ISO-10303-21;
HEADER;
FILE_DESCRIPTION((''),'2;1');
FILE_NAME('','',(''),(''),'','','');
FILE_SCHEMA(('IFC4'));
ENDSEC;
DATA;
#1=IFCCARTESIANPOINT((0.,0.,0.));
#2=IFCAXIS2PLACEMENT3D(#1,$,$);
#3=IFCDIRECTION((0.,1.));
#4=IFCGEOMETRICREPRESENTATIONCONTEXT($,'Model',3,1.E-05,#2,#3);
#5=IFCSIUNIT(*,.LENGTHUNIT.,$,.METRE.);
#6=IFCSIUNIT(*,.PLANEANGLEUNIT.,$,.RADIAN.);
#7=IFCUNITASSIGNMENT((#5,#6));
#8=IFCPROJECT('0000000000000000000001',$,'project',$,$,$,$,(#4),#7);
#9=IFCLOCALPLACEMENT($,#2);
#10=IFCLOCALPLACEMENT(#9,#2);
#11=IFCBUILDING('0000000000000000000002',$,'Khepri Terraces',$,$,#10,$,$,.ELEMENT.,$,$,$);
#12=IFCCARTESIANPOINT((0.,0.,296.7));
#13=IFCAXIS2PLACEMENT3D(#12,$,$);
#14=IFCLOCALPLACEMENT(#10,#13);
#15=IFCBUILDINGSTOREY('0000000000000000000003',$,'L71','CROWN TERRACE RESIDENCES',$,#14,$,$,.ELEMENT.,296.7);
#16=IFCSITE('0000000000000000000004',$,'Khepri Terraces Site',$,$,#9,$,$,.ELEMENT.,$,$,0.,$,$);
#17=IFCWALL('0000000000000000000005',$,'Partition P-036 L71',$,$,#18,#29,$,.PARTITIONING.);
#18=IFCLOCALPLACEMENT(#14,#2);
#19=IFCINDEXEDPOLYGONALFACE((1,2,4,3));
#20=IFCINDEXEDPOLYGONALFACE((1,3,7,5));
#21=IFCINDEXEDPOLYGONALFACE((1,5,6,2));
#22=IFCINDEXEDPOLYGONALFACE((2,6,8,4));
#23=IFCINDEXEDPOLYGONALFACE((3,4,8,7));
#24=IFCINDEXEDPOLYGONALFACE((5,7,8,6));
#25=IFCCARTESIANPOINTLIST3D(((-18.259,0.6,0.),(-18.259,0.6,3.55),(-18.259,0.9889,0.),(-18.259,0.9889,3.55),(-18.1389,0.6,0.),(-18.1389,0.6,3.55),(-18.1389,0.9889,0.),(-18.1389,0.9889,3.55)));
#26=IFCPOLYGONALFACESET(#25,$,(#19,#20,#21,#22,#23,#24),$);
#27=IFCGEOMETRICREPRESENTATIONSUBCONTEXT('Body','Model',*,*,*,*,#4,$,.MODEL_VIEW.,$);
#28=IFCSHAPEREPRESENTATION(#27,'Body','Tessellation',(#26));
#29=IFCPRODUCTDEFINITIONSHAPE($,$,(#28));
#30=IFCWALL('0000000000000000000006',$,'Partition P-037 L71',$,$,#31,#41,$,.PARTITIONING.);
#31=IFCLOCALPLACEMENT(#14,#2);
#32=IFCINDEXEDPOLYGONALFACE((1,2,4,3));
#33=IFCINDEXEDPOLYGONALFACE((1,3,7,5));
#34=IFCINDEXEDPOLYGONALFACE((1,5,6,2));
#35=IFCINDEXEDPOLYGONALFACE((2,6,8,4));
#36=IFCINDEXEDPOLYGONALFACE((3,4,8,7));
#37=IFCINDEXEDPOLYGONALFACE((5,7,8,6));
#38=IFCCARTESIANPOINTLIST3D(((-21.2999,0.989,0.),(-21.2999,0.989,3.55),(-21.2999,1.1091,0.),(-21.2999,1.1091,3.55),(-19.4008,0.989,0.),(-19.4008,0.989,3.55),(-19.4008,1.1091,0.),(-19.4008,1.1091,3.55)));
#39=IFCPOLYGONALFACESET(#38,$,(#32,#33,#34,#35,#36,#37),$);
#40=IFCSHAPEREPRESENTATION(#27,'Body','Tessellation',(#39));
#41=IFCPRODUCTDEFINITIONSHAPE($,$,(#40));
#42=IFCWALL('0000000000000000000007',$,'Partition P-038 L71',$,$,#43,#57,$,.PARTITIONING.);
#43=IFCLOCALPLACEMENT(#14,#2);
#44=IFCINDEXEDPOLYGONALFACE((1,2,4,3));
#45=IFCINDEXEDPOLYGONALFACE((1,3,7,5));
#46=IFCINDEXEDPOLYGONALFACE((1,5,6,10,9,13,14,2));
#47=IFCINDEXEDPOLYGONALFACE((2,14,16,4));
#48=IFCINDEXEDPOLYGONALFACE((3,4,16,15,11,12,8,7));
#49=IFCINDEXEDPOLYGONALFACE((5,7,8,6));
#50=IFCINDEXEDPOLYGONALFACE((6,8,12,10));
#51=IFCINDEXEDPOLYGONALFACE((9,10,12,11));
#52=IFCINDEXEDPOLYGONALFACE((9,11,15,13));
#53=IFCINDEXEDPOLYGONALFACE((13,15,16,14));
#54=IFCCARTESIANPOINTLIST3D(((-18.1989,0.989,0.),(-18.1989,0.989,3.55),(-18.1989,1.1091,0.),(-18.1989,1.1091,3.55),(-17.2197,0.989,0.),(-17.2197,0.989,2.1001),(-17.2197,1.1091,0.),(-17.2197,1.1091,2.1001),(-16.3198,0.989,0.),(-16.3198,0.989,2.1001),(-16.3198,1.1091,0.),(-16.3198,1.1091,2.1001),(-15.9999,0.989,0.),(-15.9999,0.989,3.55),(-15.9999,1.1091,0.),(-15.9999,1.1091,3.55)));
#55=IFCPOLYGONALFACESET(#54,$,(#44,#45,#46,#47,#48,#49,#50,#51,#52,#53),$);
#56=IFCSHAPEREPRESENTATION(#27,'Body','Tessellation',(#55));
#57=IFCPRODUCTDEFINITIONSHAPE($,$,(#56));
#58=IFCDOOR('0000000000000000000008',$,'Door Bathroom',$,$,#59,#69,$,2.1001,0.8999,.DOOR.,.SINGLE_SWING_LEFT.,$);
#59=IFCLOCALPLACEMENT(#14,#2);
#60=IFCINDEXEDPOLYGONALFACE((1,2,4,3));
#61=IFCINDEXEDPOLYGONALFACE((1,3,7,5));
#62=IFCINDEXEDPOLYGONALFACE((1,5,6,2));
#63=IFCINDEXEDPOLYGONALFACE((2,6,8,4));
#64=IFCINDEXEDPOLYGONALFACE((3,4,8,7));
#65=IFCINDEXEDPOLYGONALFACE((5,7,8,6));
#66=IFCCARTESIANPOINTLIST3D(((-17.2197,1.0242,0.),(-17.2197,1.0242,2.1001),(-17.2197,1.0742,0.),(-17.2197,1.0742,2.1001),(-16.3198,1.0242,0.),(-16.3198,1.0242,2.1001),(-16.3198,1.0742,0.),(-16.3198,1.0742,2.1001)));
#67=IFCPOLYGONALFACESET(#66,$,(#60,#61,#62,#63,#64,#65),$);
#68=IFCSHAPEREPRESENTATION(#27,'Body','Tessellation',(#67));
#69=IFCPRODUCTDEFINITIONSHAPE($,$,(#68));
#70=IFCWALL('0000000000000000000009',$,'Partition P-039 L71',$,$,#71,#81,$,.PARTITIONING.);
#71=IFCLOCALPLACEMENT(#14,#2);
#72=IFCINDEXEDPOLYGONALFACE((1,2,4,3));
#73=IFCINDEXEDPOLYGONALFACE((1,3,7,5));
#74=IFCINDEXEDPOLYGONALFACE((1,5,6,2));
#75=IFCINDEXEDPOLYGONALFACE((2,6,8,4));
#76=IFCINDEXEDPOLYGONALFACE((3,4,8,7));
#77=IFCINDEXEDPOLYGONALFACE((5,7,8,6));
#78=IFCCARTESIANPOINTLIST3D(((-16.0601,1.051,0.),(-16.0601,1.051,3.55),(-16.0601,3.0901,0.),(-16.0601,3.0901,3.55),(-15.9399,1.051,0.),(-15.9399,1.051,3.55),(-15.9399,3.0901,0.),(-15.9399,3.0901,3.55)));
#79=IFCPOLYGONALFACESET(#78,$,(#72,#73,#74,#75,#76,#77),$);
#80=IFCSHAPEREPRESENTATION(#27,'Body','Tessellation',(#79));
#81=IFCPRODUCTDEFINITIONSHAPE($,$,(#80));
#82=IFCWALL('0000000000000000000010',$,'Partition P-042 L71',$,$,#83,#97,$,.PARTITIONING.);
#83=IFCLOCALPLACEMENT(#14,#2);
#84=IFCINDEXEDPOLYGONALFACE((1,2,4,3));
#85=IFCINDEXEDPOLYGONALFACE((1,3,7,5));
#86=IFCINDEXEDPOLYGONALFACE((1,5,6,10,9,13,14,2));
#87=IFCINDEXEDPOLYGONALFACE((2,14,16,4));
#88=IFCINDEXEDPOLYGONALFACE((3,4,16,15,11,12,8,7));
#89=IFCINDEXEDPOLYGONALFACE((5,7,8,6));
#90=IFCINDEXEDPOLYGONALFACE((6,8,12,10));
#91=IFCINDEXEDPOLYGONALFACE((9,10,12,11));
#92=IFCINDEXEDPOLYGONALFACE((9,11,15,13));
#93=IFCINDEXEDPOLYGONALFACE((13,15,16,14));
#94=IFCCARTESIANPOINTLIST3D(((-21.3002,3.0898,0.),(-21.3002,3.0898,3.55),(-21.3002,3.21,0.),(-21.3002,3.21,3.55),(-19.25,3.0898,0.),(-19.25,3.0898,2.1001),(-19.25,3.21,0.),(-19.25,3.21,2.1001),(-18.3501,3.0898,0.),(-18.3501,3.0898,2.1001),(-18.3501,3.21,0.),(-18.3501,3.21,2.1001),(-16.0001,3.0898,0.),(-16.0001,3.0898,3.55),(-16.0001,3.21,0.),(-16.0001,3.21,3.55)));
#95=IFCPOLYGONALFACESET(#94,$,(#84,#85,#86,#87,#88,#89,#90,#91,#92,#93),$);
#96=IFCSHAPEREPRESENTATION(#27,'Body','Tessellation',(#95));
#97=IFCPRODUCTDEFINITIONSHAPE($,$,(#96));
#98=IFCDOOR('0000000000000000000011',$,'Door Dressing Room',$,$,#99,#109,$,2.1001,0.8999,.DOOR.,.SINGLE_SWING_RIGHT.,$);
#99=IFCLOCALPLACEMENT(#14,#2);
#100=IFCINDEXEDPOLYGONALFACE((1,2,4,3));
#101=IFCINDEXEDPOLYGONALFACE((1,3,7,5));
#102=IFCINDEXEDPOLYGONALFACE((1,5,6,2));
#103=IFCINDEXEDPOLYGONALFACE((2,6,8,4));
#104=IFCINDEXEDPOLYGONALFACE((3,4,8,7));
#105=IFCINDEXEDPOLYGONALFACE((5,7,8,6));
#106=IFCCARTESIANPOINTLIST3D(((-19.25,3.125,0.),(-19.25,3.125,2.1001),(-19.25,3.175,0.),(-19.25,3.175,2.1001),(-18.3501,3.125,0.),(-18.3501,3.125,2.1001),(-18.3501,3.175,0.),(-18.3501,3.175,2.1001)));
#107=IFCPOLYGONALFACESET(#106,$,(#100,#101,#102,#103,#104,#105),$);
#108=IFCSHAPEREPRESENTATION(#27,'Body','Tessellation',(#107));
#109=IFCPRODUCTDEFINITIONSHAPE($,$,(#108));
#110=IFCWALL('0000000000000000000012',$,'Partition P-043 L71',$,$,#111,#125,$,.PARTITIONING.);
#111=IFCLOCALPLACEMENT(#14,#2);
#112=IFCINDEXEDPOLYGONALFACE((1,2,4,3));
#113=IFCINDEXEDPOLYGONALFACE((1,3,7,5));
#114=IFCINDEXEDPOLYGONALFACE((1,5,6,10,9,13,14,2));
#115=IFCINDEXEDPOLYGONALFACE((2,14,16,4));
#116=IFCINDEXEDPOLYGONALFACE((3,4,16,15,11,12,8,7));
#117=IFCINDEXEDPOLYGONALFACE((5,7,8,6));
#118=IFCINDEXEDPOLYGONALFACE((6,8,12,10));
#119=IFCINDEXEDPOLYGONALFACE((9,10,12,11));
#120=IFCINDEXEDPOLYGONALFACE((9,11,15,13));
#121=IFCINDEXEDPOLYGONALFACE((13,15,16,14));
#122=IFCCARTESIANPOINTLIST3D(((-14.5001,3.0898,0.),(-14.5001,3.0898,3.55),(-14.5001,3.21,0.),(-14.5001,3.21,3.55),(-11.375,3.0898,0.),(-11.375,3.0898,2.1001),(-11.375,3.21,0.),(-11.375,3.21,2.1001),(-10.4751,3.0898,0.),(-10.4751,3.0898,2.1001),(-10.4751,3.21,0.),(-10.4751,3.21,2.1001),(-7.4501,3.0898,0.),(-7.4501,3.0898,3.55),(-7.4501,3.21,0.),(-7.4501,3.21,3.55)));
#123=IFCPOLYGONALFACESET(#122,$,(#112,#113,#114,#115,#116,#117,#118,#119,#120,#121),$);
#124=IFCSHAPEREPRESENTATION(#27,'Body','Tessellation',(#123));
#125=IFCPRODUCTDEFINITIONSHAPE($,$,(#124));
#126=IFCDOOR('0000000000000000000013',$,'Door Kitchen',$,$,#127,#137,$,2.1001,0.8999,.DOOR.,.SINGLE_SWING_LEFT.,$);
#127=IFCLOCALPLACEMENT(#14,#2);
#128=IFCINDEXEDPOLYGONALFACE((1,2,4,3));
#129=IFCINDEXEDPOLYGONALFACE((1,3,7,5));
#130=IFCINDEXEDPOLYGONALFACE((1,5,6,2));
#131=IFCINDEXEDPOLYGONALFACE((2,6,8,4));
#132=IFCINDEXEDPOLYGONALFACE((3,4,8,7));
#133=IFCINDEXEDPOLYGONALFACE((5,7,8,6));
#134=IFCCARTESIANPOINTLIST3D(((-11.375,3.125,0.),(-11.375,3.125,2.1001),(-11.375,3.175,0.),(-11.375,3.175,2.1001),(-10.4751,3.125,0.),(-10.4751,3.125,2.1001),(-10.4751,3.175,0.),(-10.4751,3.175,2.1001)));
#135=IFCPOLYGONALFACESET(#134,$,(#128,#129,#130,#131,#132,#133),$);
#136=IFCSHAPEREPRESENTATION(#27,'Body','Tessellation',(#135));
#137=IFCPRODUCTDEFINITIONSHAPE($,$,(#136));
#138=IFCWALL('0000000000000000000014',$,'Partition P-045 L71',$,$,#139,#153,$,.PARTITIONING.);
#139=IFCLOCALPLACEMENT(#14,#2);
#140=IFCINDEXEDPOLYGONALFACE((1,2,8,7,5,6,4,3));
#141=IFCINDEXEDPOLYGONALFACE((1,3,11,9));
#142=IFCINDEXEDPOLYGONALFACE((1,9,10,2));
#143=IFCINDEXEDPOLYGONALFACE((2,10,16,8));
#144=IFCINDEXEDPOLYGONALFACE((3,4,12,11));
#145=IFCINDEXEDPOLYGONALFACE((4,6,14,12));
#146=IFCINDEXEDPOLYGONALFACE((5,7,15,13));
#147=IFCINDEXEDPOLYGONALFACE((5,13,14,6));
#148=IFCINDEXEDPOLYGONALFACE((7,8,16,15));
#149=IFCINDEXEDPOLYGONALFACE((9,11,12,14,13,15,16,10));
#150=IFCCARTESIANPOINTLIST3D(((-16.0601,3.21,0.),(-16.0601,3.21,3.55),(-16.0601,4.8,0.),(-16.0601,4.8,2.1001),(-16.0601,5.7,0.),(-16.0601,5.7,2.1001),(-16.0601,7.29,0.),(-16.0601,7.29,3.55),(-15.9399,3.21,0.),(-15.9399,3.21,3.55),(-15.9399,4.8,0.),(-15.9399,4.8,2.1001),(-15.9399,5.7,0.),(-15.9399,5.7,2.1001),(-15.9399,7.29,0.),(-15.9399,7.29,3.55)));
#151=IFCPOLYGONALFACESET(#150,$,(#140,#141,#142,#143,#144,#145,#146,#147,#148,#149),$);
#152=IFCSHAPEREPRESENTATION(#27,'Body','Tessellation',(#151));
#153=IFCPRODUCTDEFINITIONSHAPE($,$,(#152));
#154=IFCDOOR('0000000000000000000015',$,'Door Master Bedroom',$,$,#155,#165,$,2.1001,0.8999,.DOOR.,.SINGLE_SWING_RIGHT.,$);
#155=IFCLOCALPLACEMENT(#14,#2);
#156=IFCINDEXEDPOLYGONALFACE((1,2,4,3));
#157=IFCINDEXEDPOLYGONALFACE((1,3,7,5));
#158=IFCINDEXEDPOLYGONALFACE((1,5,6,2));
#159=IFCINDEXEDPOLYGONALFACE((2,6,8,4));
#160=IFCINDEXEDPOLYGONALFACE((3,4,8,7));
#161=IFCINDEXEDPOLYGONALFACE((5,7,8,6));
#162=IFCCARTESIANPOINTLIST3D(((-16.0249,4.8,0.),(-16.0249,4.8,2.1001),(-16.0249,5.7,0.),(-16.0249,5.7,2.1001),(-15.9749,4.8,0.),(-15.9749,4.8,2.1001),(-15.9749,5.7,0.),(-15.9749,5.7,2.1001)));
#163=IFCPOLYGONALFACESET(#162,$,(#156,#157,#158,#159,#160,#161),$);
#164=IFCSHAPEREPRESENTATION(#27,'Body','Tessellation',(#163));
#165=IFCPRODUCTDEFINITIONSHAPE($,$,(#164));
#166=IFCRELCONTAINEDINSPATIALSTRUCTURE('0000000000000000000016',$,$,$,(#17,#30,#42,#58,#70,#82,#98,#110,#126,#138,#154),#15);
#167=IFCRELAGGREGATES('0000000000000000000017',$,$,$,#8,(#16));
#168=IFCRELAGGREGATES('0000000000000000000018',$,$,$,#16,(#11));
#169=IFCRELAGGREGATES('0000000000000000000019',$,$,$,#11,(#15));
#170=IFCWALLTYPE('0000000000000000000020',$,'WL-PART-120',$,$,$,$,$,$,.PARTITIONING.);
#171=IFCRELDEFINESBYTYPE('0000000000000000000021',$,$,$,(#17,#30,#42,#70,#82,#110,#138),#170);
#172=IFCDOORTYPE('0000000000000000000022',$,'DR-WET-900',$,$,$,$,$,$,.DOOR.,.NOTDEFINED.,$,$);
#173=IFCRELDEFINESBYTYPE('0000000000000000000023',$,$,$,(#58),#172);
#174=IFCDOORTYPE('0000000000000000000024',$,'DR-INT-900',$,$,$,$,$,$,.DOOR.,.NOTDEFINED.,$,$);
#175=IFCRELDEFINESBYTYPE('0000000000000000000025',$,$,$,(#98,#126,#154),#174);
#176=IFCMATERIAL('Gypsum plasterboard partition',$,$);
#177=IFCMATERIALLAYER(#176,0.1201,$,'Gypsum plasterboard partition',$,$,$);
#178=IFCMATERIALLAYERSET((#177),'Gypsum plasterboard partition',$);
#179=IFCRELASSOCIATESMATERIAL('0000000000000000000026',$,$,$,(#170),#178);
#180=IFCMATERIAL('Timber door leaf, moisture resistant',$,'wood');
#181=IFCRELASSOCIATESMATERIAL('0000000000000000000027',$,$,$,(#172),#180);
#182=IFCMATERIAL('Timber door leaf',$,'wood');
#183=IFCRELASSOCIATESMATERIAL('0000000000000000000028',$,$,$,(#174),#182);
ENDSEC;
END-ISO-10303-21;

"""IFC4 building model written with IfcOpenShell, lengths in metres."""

from ifc_helpers import new_model, si_unit, direction, frame, frame_2d, origin, place, context, subcontext, project, spatial, rectangle, extrude, material, layer, layer_set, type_object, element, fill, save


model = new_model("IFC4")

# Units and contexts
model_context = context("Model", 3, precision=1e-05, world=origin(), true_north=direction((0.0, 1.0)))
body_context = subcontext(model_context, "Body", "Model", "MODEL_VIEW")
ifc_project = project(units=[si_unit("LENGTHUNIT", "METRE"), si_unit("PLANEANGLEUNIT", "RADIAN")], contexts=[model_context])

# Site, building, storey
site_placement = place(None, origin())
site = spatial("IfcSite", under=ifc_project, at=site_placement, Name="Khepri Terraces Site", CompositionType="ELEMENT", RefElevation=0.0)
building_placement = place(site_placement, origin())
building = spatial("IfcBuilding", under=site, at=building_placement, Name="Khepri Terraces", CompositionType="ELEMENT")
storey_placement = place(building_placement, frame((0.0, 0.0, 296.7)))
storey = spatial("IfcBuildingStorey", under=building, at=storey_placement, Name="L71", Description="CROWN TERRACE RESIDENCES", CompositionType="ELEMENT", Elevation=296.7)

# Walls
ifc_material_1 = material(Name="Gypsum plasterboard partition")
ifc_layer_1 = layer(ifc_material_1, 0.1201, Name="Gypsum plasterboard partition")
ifc_layer_set_1 = layer_set([ifc_layer_1], Name="Gypsum plasterboard partition")
wall_type_1 = type_object("IfcWallType", Name="WL-PART-120", PredefinedType="PARTITIONING", material=ifc_layer_set_1)
for number, where, z_axis, x_axis, name in (
    (1, (-18.199, 0.6001, 0.0), (0.0, 0.0, 1.0), (0.0, 1.0, 0.0), "Partition P-036 L71"),
):
    element("IfcWall", number, at=place(storey_placement, frame(where, z_axis=z_axis, x_axis=x_axis)), inside=storey, type_object=wall_type_1, Name=name, PredefinedType="PARTITIONING", context=body_context, shape_type="SweptSolid", body=[
        extrude(rectangle(XDim=0.3889, YDim=0.1201, at=frame_2d((0.1943, 0.0))), origin(), (0.0, 0.0, 1.0), 3.55),
    ])
wall_1_placement = place(storey_placement, frame((-21.3, 1.0491, 0.0), z_axis=(0.0, 0.0, 1.0), x_axis=(1.0, 0.0, 0.0)))
element("IfcWall", 2, at=wall_1_placement, inside=storey, type_object=wall_type_1, Name="Partition P-037 L71", PredefinedType="PARTITIONING", context=body_context, shape_type="SweptSolid", body=[
    extrude(rectangle(XDim=1.8992, YDim=0.1201, at=frame_2d((0.9497, 0.0))), origin(), (0.0, 0.0, 1.0), 3.55),
])

# Wall, opening, door
wall_2_placement = place(storey_placement, frame((-18.199, 1.0491, 0.0), z_axis=(0.0, 0.0, 1.0), x_axis=(1.0, 0.0, 0.0)))
wall_2 = element("IfcWall", 3, at=wall_2_placement, inside=storey, type_object=wall_type_1, Name="Partition P-038 L71", PredefinedType="PARTITIONING", context=body_context, shape_type="SweptSolid", body=[
    extrude(rectangle(XDim=2.199, YDim=0.1201, at=frame_2d((1.0996, 0.0))), origin(), (0.0, 0.0, 1.0), 3.55),
])
opening_1_placement = place(wall_2_placement, frame((0.9792, 0.0, 0.0)))
opening_1 = element("IfcOpeningElement", 4, at=opening_1_placement, cuts=wall_2, PredefinedType="OPENING", context=body_context, shape_type="SweptSolid", body=[
    extrude(rectangle(XDim=0.8999, YDim=2.1001, at=frame_2d((0.45, 1.05))), frame((0.0, 0.0701, 0.0), z_axis=(0.0, -1.0, 0.0), x_axis=(1.0, 0.0, 0.0)), (0.0, 0.0, 1.0), 0.1401),
])
ifc_material_2 = material(Name="Timber door leaf, moisture resistant", Category="wood")
door_type_1 = type_object("IfcDoorType", Name="DR-WET-900", OperationType="NOTDEFINED", PredefinedType="DOOR", material=ifc_material_2)
door_1_placement = place(opening_1_placement, frame((0.8999, 0.0, 0.0), z_axis=(0.0, 0.0, 1.0), x_axis=(-1.0, 0.0, 0.0)))
door_1 = element("IfcDoor", 5, at=door_1_placement, inside=storey, type_object=door_type_1, Name="Door Bathroom", OperationType="SINGLE_SWING_LEFT", OverallHeight=2.1001, OverallWidth=0.8999, PredefinedType="DOOR", context=body_context, shape_type="SweptSolid", body=[
    extrude(rectangle(XDim=0.8999, YDim=2.1001, at=frame_2d((0.45, 1.05))), frame((0.0, 0.0249, 0.0), z_axis=(0.0, -1.0, 0.0), x_axis=(1.0, 0.0, 0.0)), (0.0, 0.0, 1.0), 0.05),
])
fill(opening_1, door_1)

# Wall
wall_3_placement = place(storey_placement, frame((-16.0, 1.051, 0.0), z_axis=(0.0, 0.0, 1.0), x_axis=(0.0, 1.0, 0.0)))
element("IfcWall", 6, at=wall_3_placement, inside=storey, type_object=wall_type_1, Name="Partition P-039 L71", PredefinedType="PARTITIONING", context=body_context, shape_type="SweptSolid", body=[
    extrude(rectangle(XDim=2.0391, YDim=0.1201, at=frame_2d((1.0195, 0.0))), origin(), (0.0, 0.0, 1.0), 3.55),
])

# Walls, openings, doors
wall_4_placement = place(storey_placement, frame((-21.3, 3.1499, 0.0), z_axis=(0.0, 0.0, 1.0), x_axis=(1.0, 0.0, 0.0)))
wall_4 = element("IfcWall", 7, at=wall_4_placement, inside=storey, type_object=wall_type_1, Name="Partition P-042 L71", PredefinedType="PARTITIONING", context=body_context, shape_type="SweptSolid", body=[
    extrude(rectangle(XDim=5.3, YDim=0.1201, at=frame_2d((2.6499, 0.0))), origin(), (0.0, 0.0, 1.0), 3.55),
])
opening_2_placement = place(wall_4_placement, frame((2.05, 0.0, 0.0)))
opening_2 = element("IfcOpeningElement", 8, at=opening_2_placement, cuts=wall_4, PredefinedType="OPENING", context=body_context, shape_type="SweptSolid", body=[
    extrude(rectangle(XDim=0.8999, YDim=2.1001, at=frame_2d((0.45, 1.05))), frame((0.0, 0.0701, 0.0), z_axis=(0.0, -1.0, 0.0), x_axis=(1.0, 0.0, 0.0)), (0.0, 0.0, 1.0), 0.1401),
])
ifc_material_3 = material(Name="Timber door leaf", Category="wood")
door_type_2 = type_object("IfcDoorType", Name="DR-INT-900", OperationType="NOTDEFINED", PredefinedType="DOOR", material=ifc_material_3)
door_2_placement = place(opening_2_placement, frame((0.8999, 0.0, 0.0), z_axis=(0.0, 0.0, 1.0), x_axis=(-1.0, 0.0, 0.0)))
door_2 = element("IfcDoor", 9, at=door_2_placement, inside=storey, type_object=door_type_2, Name="Door Dressing Room", OperationType="SINGLE_SWING_RIGHT", OverallHeight=2.1001, OverallWidth=0.8999, PredefinedType="DOOR", context=body_context, shape_type="SweptSolid", body=[
    extrude(rectangle(XDim=0.8999, YDim=2.1001, at=frame_2d((0.45, 1.05))), frame((0.0, 0.0249, 0.0), z_axis=(0.0, -1.0, 0.0), x_axis=(1.0, 0.0, 0.0)), (0.0, 0.0, 1.0), 0.05),
])
fill(opening_2, door_2)
wall_5_placement = place(storey_placement, frame((-14.5, 3.1499, 0.0), z_axis=(0.0, 0.0, 1.0), x_axis=(1.0, 0.0, 0.0)))
wall_5 = element("IfcWall", 10, at=wall_5_placement, inside=storey, type_object=wall_type_1, Name="Partition P-043 L71", PredefinedType="PARTITIONING", context=body_context, shape_type="SweptSolid", body=[
    extrude(rectangle(XDim=7.05, YDim=0.1201, at=frame_2d((3.5249, 0.0))), origin(), (0.0, 0.0, 1.0), 3.55),
])
opening_3_placement = place(wall_5_placement, frame((3.125, 0.0, 0.0)))
opening_3 = element("IfcOpeningElement", 11, at=opening_3_placement, cuts=wall_5, PredefinedType="OPENING", context=body_context, shape_type="SweptSolid", body=[
    extrude(rectangle(XDim=0.8999, YDim=2.1001, at=frame_2d((0.45, 1.05))), frame((0.0, 0.0701, 0.0), z_axis=(0.0, -1.0, 0.0), x_axis=(1.0, 0.0, 0.0)), (0.0, 0.0, 1.0), 0.1401),
])
door_3_placement = place(opening_3_placement, frame((0.8999, 0.0, 0.0), z_axis=(0.0, 0.0, 1.0), x_axis=(-1.0, 0.0, 0.0)))
door_3 = element("IfcDoor", 12, at=door_3_placement, inside=storey, type_object=door_type_2, Name="Door Kitchen", OperationType="SINGLE_SWING_LEFT", OverallHeight=2.1001, OverallWidth=0.8999, PredefinedType="DOOR", context=body_context, shape_type="SweptSolid", body=[
    extrude(rectangle(XDim=0.8999, YDim=2.1001, at=frame_2d((0.45, 1.05))), frame((0.0, 0.0249, 0.0), z_axis=(0.0, -1.0, 0.0), x_axis=(1.0, 0.0, 0.0)), (0.0, 0.0, 1.0), 0.05),
])
fill(opening_3, door_3)
wall_6_placement = place(storey_placement, frame((-16.0, 3.21, 0.0), z_axis=(0.0, 0.0, 1.0), x_axis=(0.0, 1.0, 0.0)))
wall_6 = element("IfcWall", 13, at=wall_6_placement, inside=storey, type_object=wall_type_1, Name="Partition P-045 L71", PredefinedType="PARTITIONING", context=body_context, shape_type="SweptSolid", body=[
    extrude(rectangle(XDim=4.0801, YDim=0.1201, at=frame_2d((2.04, 0.0))), origin(), (0.0, 0.0, 1.0), 3.55),
])
opening_4_placement = place(wall_6_placement, frame((1.5901, 0.0, 0.0)))
opening_4 = element("IfcOpeningElement", 14, at=opening_4_placement, cuts=wall_6, PredefinedType="OPENING", context=body_context, shape_type="SweptSolid", body=[
    extrude(rectangle(XDim=0.8999, YDim=2.1001, at=frame_2d((0.45, 1.05))), frame((0.0, 0.0701, 0.0), z_axis=(0.0, -1.0, 0.0), x_axis=(1.0, 0.0, 0.0)), (0.0, 0.0, 1.0), 0.1401),
])
door_4_placement = place(opening_4_placement, origin())
door_4 = element("IfcDoor", 15, at=door_4_placement, inside=storey, type_object=door_type_2, Name="Door Master Bedroom", OperationType="SINGLE_SWING_RIGHT", OverallHeight=2.1001, OverallWidth=0.8999, PredefinedType="DOOR", context=body_context, shape_type="SweptSolid", body=[
    extrude(rectangle(XDim=0.8999, YDim=2.1001, at=frame_2d((0.45, 1.05))), frame((0.0, 0.0249, 0.0), z_axis=(0.0, -1.0, 0.0), x_axis=(1.0, 0.0, 0.0)), (0.0, 0.0, 1.0), 0.05),
])
fill(opening_4, door_4)

save(model, "model.ifc")
